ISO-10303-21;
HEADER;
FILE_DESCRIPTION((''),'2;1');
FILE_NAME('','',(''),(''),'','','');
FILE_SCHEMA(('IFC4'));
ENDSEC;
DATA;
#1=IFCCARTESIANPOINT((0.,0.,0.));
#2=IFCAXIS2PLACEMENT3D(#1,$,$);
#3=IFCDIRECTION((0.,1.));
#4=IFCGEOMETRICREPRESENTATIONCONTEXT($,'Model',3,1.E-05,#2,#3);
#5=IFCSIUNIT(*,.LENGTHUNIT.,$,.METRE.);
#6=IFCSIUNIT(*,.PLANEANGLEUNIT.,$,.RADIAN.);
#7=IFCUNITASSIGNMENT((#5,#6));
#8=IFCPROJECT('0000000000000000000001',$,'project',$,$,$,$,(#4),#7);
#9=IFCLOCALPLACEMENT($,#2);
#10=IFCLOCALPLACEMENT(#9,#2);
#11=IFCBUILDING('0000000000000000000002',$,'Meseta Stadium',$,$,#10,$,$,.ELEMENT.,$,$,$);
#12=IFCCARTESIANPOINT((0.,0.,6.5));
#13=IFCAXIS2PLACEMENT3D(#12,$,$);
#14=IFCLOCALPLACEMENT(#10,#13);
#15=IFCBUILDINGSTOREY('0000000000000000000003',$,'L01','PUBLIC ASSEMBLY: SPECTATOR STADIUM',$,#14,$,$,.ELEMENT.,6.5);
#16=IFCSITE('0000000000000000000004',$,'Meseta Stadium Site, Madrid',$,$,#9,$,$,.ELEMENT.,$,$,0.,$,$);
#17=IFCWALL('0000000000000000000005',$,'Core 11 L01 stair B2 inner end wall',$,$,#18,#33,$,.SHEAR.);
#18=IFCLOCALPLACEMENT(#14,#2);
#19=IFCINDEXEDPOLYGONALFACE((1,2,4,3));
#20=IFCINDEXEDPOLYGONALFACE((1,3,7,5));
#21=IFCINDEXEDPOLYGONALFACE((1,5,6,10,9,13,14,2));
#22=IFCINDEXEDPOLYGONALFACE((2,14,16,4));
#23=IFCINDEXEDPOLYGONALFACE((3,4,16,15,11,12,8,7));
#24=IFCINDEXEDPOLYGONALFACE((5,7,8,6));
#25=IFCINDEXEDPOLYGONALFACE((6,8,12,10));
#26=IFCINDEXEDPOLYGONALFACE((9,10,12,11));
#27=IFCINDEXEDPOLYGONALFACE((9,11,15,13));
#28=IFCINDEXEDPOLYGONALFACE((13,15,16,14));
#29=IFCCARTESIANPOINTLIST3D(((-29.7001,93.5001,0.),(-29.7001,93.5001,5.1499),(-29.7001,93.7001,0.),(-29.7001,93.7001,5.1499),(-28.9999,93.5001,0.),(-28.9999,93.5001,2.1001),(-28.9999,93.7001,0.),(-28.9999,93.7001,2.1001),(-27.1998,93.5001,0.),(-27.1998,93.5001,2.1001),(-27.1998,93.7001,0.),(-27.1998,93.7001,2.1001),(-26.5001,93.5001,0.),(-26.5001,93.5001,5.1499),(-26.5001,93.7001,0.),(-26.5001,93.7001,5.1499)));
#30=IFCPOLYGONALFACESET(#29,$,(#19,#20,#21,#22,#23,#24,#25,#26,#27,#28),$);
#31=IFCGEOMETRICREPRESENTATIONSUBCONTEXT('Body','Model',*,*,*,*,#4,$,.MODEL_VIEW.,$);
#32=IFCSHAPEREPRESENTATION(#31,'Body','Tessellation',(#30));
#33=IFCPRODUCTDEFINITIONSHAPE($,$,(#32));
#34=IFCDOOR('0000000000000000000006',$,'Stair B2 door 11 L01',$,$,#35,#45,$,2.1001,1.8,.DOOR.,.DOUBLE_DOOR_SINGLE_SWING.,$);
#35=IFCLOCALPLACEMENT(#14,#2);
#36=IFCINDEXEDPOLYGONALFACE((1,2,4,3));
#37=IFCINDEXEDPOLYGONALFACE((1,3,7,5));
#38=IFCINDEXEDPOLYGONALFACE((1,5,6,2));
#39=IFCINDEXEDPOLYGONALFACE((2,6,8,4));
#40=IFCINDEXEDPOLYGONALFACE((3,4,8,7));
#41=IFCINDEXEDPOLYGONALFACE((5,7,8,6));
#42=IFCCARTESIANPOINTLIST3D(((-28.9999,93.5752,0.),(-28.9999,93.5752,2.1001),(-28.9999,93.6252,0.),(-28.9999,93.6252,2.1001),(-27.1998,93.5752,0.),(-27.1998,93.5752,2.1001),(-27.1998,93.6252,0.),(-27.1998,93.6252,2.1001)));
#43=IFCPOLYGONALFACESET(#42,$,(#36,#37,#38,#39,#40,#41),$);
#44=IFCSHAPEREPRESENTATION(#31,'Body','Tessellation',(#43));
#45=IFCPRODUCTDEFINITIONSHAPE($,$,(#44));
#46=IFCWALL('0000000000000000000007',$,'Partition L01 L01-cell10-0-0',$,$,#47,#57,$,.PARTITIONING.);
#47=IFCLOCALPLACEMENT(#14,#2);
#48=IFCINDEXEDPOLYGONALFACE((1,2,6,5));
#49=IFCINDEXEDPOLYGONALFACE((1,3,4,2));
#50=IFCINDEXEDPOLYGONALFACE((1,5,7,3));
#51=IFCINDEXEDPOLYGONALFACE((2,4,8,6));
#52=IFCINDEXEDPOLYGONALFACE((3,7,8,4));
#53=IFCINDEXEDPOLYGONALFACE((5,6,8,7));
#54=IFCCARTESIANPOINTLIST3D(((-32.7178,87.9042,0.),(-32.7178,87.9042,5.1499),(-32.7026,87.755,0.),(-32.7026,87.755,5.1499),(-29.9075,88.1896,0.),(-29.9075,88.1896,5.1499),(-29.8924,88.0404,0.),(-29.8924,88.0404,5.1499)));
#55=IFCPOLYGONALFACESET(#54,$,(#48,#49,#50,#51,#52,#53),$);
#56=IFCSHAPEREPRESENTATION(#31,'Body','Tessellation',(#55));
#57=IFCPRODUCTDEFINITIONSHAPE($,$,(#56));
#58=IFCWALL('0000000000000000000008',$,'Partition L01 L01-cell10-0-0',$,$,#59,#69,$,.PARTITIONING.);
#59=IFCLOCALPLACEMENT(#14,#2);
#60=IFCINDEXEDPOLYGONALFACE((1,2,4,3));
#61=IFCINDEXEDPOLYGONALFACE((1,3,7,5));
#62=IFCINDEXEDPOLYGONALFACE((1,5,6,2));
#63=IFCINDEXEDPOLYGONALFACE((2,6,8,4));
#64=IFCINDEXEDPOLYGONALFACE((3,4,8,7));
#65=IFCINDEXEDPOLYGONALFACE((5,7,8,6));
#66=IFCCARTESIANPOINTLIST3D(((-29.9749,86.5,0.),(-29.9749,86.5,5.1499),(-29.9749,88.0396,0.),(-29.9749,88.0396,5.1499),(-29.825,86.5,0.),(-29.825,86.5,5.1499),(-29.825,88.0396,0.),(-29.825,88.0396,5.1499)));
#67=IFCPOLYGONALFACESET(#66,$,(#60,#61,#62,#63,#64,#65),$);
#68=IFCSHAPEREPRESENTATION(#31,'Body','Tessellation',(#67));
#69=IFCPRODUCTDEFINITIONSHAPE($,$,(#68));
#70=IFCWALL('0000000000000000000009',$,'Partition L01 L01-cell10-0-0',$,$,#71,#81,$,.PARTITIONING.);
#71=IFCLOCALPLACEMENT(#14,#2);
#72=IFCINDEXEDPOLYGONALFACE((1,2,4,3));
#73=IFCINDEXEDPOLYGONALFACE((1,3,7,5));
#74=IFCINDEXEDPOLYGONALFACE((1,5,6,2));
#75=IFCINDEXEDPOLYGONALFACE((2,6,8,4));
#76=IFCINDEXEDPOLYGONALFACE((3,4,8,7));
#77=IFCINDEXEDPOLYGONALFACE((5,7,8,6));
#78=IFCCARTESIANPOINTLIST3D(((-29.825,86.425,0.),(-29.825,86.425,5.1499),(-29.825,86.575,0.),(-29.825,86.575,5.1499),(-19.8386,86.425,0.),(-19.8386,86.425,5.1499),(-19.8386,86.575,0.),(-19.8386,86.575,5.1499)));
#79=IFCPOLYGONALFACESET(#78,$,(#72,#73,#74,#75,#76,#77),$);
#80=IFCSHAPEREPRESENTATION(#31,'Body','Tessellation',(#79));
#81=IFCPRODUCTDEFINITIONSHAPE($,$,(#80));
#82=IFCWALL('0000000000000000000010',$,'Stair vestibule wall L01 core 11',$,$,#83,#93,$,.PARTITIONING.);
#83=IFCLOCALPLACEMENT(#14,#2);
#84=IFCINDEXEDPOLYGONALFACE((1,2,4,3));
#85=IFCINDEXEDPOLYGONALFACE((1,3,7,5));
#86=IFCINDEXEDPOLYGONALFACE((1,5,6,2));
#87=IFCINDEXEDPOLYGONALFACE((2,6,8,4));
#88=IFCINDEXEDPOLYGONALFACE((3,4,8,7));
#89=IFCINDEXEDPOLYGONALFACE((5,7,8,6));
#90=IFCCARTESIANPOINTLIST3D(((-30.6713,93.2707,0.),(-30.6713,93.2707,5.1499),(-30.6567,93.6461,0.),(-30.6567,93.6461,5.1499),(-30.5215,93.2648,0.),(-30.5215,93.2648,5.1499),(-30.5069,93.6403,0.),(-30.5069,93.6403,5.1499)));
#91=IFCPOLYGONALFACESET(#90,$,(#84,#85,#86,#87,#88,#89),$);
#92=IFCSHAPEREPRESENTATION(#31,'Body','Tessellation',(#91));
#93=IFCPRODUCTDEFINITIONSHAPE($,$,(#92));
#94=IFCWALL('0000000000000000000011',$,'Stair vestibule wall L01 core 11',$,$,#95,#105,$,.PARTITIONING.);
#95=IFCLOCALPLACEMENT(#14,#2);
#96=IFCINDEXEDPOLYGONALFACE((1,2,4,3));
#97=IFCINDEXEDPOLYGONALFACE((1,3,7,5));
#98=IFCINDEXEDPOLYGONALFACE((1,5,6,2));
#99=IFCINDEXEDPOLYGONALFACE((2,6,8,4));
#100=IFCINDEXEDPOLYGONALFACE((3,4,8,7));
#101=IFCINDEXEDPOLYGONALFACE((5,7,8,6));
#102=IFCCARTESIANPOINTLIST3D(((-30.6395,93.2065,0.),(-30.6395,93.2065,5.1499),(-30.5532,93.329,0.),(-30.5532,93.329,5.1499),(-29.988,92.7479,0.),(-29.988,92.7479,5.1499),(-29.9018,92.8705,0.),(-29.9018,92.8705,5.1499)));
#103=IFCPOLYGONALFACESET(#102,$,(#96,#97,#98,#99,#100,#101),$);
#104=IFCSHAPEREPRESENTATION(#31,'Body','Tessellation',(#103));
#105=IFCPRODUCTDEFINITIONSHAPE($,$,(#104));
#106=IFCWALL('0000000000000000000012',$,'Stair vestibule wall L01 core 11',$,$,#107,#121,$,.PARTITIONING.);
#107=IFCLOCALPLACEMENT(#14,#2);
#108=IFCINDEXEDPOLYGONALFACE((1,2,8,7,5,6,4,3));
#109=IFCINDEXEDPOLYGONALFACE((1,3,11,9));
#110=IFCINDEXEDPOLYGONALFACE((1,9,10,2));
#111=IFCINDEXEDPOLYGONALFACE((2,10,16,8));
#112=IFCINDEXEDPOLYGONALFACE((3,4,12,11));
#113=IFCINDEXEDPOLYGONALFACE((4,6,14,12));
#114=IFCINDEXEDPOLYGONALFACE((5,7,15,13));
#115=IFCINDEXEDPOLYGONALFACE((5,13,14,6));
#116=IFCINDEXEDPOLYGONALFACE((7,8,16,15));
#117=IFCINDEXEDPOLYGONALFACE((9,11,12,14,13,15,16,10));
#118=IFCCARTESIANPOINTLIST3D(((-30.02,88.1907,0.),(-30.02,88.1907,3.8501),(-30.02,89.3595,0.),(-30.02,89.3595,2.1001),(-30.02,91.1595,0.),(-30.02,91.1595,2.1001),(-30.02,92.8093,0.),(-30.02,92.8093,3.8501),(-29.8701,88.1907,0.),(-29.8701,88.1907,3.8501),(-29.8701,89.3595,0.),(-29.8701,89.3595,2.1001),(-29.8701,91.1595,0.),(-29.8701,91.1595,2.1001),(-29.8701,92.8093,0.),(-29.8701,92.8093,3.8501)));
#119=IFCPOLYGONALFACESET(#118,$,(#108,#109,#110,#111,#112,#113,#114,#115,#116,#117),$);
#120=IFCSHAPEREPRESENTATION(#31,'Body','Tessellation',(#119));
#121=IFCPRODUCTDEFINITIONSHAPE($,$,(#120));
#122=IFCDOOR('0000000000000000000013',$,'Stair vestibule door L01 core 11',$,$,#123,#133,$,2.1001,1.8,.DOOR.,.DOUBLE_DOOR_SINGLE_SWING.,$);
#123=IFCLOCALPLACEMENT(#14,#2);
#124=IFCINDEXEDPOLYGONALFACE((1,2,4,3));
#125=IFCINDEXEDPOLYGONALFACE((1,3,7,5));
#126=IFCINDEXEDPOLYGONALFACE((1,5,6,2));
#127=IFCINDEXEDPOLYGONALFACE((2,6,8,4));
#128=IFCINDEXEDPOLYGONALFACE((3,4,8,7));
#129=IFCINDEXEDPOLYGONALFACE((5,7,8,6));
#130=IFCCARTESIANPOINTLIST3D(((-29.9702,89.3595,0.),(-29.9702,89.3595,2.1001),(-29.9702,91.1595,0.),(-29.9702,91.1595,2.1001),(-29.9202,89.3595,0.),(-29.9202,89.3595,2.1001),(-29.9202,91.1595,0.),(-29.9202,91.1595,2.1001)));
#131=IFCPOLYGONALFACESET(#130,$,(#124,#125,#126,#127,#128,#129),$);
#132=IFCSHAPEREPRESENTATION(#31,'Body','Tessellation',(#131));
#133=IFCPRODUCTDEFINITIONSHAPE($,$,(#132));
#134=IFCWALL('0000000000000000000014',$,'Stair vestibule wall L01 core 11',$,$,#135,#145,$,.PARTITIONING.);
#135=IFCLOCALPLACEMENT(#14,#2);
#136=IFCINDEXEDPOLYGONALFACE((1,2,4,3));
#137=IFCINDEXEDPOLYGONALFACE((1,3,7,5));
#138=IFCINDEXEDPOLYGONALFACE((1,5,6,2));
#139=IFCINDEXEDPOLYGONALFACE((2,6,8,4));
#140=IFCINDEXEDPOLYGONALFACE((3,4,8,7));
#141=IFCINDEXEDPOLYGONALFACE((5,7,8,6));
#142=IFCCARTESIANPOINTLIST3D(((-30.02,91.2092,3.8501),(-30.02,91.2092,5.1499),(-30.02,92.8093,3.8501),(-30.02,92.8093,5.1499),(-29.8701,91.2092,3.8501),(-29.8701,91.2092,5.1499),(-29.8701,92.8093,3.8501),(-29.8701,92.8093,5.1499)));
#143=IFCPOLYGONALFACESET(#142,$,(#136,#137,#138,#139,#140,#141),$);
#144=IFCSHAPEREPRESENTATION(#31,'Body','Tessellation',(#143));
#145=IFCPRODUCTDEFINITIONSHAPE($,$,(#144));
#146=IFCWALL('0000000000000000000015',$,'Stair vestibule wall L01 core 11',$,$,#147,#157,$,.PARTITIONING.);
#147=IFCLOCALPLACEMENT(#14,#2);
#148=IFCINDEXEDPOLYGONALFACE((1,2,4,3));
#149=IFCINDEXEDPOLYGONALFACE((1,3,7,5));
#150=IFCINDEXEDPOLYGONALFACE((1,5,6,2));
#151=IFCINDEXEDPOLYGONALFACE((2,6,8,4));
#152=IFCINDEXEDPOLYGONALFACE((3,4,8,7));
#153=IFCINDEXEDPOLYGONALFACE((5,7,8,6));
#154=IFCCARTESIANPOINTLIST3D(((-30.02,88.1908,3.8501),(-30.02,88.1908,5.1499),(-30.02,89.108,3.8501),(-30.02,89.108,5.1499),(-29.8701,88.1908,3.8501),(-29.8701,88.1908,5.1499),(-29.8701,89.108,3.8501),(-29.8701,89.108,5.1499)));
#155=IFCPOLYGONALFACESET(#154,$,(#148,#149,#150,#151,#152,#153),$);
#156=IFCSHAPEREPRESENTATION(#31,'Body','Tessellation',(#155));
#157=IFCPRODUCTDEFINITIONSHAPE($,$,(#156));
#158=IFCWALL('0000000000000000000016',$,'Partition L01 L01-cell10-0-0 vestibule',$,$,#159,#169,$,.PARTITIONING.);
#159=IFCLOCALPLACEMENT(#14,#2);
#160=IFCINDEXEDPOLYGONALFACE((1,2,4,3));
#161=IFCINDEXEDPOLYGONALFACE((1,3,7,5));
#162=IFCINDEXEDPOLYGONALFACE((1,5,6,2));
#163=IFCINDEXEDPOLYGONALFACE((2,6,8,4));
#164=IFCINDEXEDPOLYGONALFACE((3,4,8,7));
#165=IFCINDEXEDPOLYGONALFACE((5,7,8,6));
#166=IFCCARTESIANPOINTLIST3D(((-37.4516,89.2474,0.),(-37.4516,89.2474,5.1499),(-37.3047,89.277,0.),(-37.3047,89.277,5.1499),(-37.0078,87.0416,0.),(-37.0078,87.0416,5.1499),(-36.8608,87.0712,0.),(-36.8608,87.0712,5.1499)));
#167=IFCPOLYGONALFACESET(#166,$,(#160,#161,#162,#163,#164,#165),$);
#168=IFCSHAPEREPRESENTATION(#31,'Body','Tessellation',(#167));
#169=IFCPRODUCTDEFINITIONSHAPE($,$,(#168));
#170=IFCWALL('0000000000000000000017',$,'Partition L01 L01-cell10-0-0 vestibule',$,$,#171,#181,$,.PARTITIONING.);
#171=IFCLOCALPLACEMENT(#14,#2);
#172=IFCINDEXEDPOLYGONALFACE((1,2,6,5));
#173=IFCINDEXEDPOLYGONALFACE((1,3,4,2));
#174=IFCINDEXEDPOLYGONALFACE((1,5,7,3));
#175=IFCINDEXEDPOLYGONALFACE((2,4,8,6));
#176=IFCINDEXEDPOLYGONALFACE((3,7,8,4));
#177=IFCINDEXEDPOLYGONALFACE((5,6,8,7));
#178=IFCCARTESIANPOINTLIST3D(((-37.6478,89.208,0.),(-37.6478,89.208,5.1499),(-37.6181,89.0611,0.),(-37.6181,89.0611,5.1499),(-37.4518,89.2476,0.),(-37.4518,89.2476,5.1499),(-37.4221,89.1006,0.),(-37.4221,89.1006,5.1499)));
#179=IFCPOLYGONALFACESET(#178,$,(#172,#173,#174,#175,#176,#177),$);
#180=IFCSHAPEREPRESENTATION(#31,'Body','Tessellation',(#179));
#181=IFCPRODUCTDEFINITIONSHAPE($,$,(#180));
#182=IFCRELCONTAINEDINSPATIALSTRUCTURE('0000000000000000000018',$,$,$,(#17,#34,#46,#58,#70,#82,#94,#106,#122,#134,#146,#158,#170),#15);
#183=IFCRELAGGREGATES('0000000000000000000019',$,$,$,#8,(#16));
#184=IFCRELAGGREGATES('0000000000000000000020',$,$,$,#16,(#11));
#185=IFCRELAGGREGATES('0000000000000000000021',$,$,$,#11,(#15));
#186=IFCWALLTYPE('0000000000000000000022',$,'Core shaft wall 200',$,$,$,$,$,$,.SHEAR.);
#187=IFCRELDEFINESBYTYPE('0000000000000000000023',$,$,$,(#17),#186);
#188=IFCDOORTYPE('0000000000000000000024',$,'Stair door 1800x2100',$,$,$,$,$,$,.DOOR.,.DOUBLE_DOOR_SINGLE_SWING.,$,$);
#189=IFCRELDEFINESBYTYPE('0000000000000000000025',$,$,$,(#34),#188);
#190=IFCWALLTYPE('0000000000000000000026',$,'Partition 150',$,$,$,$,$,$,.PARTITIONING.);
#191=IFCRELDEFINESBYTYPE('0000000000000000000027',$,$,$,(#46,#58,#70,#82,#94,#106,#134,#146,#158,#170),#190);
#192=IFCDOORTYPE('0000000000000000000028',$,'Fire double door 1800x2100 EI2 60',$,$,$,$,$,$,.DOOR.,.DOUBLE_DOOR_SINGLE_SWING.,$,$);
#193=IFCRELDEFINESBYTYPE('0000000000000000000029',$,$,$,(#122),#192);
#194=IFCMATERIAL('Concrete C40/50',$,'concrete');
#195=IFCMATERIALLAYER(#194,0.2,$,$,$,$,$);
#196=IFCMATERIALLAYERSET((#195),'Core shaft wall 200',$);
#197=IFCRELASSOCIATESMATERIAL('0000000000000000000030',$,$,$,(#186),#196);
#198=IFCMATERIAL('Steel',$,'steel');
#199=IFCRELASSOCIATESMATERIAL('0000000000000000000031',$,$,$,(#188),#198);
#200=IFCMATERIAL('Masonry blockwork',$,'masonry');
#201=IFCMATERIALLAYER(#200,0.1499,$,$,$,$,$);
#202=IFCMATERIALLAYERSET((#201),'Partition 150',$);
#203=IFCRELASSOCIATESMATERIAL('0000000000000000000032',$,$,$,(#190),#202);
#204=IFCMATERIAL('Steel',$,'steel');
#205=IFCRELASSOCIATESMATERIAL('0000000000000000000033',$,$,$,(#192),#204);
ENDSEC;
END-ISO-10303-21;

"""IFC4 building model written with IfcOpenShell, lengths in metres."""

from ifc_helpers import new_model, si_unit, direction, frame, frame_2d, origin, place, context, subcontext, project, spatial, rectangle, extrude, material, layer, layer_set, type_object, element, fill, save


model = new_model("IFC4")

# Units and contexts
model_context = context("Model", 3, precision=1e-05, world=origin(), true_north=direction((0.0, 1.0)))
body_context = subcontext(model_context, "Body", "Model", "MODEL_VIEW")
ifc_project = project(units=[si_unit("LENGTHUNIT", "METRE"), si_unit("PLANEANGLEUNIT", "RADIAN")], contexts=[model_context])

# Site, building, storey
site_placement = place(None, origin())
site = spatial("IfcSite", under=ifc_project, at=site_placement, Name="Meseta Stadium Site, Madrid", CompositionType="ELEMENT", RefElevation=0.0)
building_placement = place(site_placement, origin())
building = spatial("IfcBuilding", under=site, at=building_placement, Name="Meseta Stadium", CompositionType="ELEMENT")
storey_placement = place(building_placement, frame((0.0, 0.0, 6.5)))
storey = spatial("IfcBuildingStorey", under=building, at=storey_placement, Name="L01", Description="PUBLIC ASSEMBLY: SPECTATOR STADIUM", CompositionType="ELEMENT", Elevation=6.5)

# Wall, opening, door
ifc_material_1 = material(Name="Concrete C40/50", Category="concrete")
ifc_layer_1 = layer(ifc_material_1, 0.2)
ifc_layer_set_1 = layer_set([ifc_layer_1], Name="Core shaft wall 200")
wall_type_1 = type_object("IfcWallType", Name="Core shaft wall 200", PredefinedType="SHEAR", material=ifc_layer_set_1)
wall_1_placement = place(storey_placement, frame((-26.5, 93.6001, 0.0), z_axis=(0.0, 0.0, 1.0), x_axis=(-1.0, 0.0, 0.0)))
wall_1 = element("IfcWall", 1, at=wall_1_placement, inside=storey, type_object=wall_type_1, Name="Core 11 L01 stair B2 inner end wall", PredefinedType="SHEAR", context=body_context, shape_type="SweptSolid", body=[
    extrude(rectangle(XDim=3.2, YDim=0.2, at=frame_2d((1.6001, 0.0))), origin(), (0.0, 0.0, 1.0), 5.1499),
])
opening_1_placement = place(wall_1_placement, frame((0.7, 0.0, 0.0)))
opening_1 = element("IfcOpeningElement", 2, at=opening_1_placement, cuts=wall_1, PredefinedType="OPENING", context=body_context, shape_type="SweptSolid", body=[
    extrude(rectangle(XDim=1.8, YDim=2.1001, at=frame_2d((0.8999, 1.05))), frame((0.0, 0.1099, 0.0), z_axis=(0.0, -1.0, 0.0), x_axis=(1.0, 0.0, 0.0)), (0.0, 0.0, 1.0), 0.22),
])
ifc_material_2 = material(Name="Steel", Category="steel")
door_type_1 = type_object("IfcDoorType", Name="Stair door 1800x2100", OperationType="DOUBLE_DOOR_SINGLE_SWING", PredefinedType="DOOR", material=ifc_material_2)
door_1_placement = place(opening_1_placement, origin())
door_1 = element("IfcDoor", 3, at=door_1_placement, inside=storey, type_object=door_type_1, Name="Stair B2 door 11 L01", OperationType="DOUBLE_DOOR_SINGLE_SWING", OverallHeight=2.1001, OverallWidth=1.8, PredefinedType="DOOR", context=body_context, shape_type="SweptSolid", body=[
    extrude(rectangle(XDim=1.8, YDim=2.1001, at=frame_2d((0.8999, 1.05))), frame((0.0, 0.0249, 0.0), z_axis=(0.0, -1.0, 0.0), x_axis=(1.0, 0.0, 0.0)), (0.0, 0.0, 1.0), 0.05),
])
fill(opening_1, door_1)

# Walls
ifc_material_3 = material(Name="Masonry blockwork", Category="masonry")
ifc_layer_2 = layer(ifc_material_3, 0.1499)
ifc_layer_set_2 = layer_set([ifc_layer_2], Name="Partition 150")
wall_type_2 = type_object("IfcWallType", Name="Partition 150", PredefinedType="PARTITIONING", material=ifc_layer_set_2)
wall_2_placement = place(storey_placement, frame((-32.7102, 87.8296, 0.0), z_axis=(0.0, 0.0, 1.0), x_axis=(0.994883, 0.101035, 0.0)))
element("IfcWall", 4, at=wall_2_placement, inside=storey, type_object=wall_type_2, Name="Partition L01 L01-cell10-0-0", PredefinedType="PARTITIONING", context=body_context, shape_type="SweptSolid", body=[
    extrude(rectangle(XDim=2.8247, YDim=0.1499, at=frame_2d((1.4124, 0.0))), origin(), (0.0, 0.0, 1.0), 5.1499),
])
wall_3_placement = place(storey_placement, frame((-29.8999, 88.0396, 0.0), z_axis=(0.0, 0.0, 1.0), x_axis=(0.0, -1.0, 0.0)))
element("IfcWall", 5, at=wall_3_placement, inside=storey, type_object=wall_type_2, Name="Partition L01 L01-cell10-0-0", PredefinedType="PARTITIONING", context=body_context, shape_type="SweptSolid", body=[
    extrude(rectangle(XDim=1.5396, YDim=0.1499, at=frame_2d((0.7698, 0.0))), origin(), (0.0, 0.0, 1.0), 5.1499),
])
wall_4_placement = place(storey_placement, frame((-29.825, 86.5, 0.0), z_axis=(0.0, 0.0, 1.0), x_axis=(1.0, 0.0, 0.0)))
element("IfcWall", 6, at=wall_4_placement, inside=storey, type_object=wall_type_2, Name="Partition L01 L01-cell10-0-0", PredefinedType="PARTITIONING", context=body_context, shape_type="SweptSolid", body=[
    extrude(rectangle(XDim=9.9863, YDim=0.1499, at=frame_2d((4.9932, 0.0))), origin(), (0.0, 0.0, 1.0), 5.1499),
])
wall_5_placement = place(storey_placement, frame((-30.5818, 93.6433, 0.0), z_axis=(0.0, 0.0, 1.0), x_axis=(-0.038982, -0.99924, 0.0)))
element("IfcWall", 7, at=wall_5_placement, inside=storey, type_object=wall_type_2, Name="Stair vestibule wall L01 core 11", PredefinedType="PARTITIONING", context=body_context, shape_type="SweptSolid", body=[
    extrude(rectangle(XDim=0.3757, YDim=0.1499, at=frame_2d((0.188, 0.0))), origin(), (0.0, 0.0, 1.0), 5.1499),
])
wall_6_placement = place(storey_placement, frame((-30.5964, 93.2678, 0.0), z_axis=(0.0, 0.0, 1.0), x_axis=(0.817732, -0.5756, 0.0)))
element("IfcWall", 8, at=wall_6_placement, inside=storey, type_object=wall_type_2, Name="Stair vestibule wall L01 core 11", PredefinedType="PARTITIONING", context=body_context, shape_type="SweptSolid", body=[
    extrude(rectangle(XDim=0.7966, YDim=0.1499, at=frame_2d((0.3984, 0.0))), origin(), (0.0, 0.0, 1.0), 5.1499),
])

# Wall, opening, door
wall_7_placement = place(storey_placement, frame((-29.9451, 92.8093, 0.0), z_axis=(0.0, 0.0, 1.0), x_axis=(0.0, -1.0, 0.0)))
wall_7 = element("IfcWall", 9, at=wall_7_placement, inside=storey, type_object=wall_type_2, Name="Stair vestibule wall L01 core 11", PredefinedType="PARTITIONING", context=body_context, shape_type="SweptSolid", body=[
    extrude(rectangle(XDim=4.6187, YDim=0.1499, at=frame_2d((2.3093, 0.0))), origin(), (0.0, 0.0, 1.0), 3.8501),
])
opening_2_placement = place(wall_7_placement, frame((1.6499, 0.0, 0.0)))
opening_2 = element("IfcOpeningElement", 10, at=opening_2_placement, cuts=wall_7, PredefinedType="OPENING", context=body_context, shape_type="SweptSolid", body=[
    extrude(rectangle(XDim=1.8, YDim=2.1001, at=frame_2d((0.8999, 1.05))), frame((0.0, 0.085, 0.0), z_axis=(0.0, -1.0, 0.0), x_axis=(1.0, 0.0, 0.0)), (0.0, 0.0, 1.0), 0.1699),
])
ifc_material_4 = material(Name="Steel", Category="steel")
door_type_2 = type_object("IfcDoorType", Name="Fire double door 1800x2100 EI2 60", OperationType="DOUBLE_DOOR_SINGLE_SWING", PredefinedType="DOOR", material=ifc_material_4)
door_2_placement = place(opening_2_placement, origin())
door_2 = element("IfcDoor", 11, at=door_2_placement, inside=storey, type_object=door_type_2, Name="Stair vestibule door L01 core 11", OperationType="DOUBLE_DOOR_SINGLE_SWING", OverallHeight=2.1001, OverallWidth=1.8, PredefinedType="DOOR", context=body_context, shape_type="SweptSolid", body=[
    extrude(rectangle(XDim=1.8, YDim=2.1001, at=frame_2d((0.8999, 1.05))), frame((0.0, 0.0249, 0.0), z_axis=(0.0, -1.0, 0.0), x_axis=(1.0, 0.0, 0.0)), (0.0, 0.0, 1.0), 0.05),
])
fill(opening_2, door_2)

# Walls
wall_8_placement = place(storey_placement, frame((-29.9451, 92.8093, 3.8501), z_axis=(0.0, 0.0, 1.0), x_axis=(0.0, -1.0, 0.0)))
element("IfcWall", 12, at=wall_8_placement, inside=storey, type_object=wall_type_2, Name="Stair vestibule wall L01 core 11", PredefinedType="PARTITIONING", context=body_context, shape_type="SweptSolid", body=[
    extrude(rectangle(XDim=1.6001, YDim=0.1499, at=frame_2d((0.8, 0.0))), origin(), (0.0, 0.0, 1.0), 1.2998),
])
wall_9_placement = place(storey_placement, frame((-29.9451, 89.1079, 3.8501), z_axis=(0.0, 0.0, 1.0), x_axis=(0.0, -1.0, 0.0)))
element("IfcWall", 13, at=wall_9_placement, inside=storey, type_object=wall_type_2, Name="Stair vestibule wall L01 core 11", PredefinedType="PARTITIONING", context=body_context, shape_type="SweptSolid", body=[
    extrude(rectangle(XDim=0.9172, YDim=0.1499, at=frame_2d((0.4585, 0.0))), origin(), (0.0, 0.0, 1.0), 1.2998),
])
wall_10_placement = place(storey_placement, frame((-36.9343, 87.0564, 0.0), z_axis=(0.0, 0.0, 1.0), x_axis=(-0.197264, 0.98035, 0.0)))
element("IfcWall", 14, at=wall_10_placement, inside=storey, type_object=wall_type_2, Name="Partition L01 L01-cell10-0-0 vestibule", PredefinedType="PARTITIONING", context=body_context, shape_type="SweptSolid", body=[
    extrude(rectangle(XDim=2.25, YDim=0.1499, at=frame_2d((1.125, 0.0))), origin(), (0.0, 0.0, 1.0), 5.1499),
])
wall_11_placement = place(storey_placement, frame((-37.6331, 89.1345, 0.0), z_axis=(0.0, 0.0, 1.0), x_axis=(0.980251, 0.197759, 0.0)))
element("IfcWall", 15, at=wall_11_placement, inside=storey, type_object=wall_type_2, Name="Partition L01 L01-cell10-0-0 vestibule", PredefinedType="PARTITIONING", context=body_context, shape_type="SweptSolid", body=[
    extrude(rectangle(XDim=0.2, YDim=0.1499, at=frame_2d((0.1001, 0.0))), origin(), (0.0, 0.0, 1.0), 5.1499),
])

save(model, "model.ifc")
